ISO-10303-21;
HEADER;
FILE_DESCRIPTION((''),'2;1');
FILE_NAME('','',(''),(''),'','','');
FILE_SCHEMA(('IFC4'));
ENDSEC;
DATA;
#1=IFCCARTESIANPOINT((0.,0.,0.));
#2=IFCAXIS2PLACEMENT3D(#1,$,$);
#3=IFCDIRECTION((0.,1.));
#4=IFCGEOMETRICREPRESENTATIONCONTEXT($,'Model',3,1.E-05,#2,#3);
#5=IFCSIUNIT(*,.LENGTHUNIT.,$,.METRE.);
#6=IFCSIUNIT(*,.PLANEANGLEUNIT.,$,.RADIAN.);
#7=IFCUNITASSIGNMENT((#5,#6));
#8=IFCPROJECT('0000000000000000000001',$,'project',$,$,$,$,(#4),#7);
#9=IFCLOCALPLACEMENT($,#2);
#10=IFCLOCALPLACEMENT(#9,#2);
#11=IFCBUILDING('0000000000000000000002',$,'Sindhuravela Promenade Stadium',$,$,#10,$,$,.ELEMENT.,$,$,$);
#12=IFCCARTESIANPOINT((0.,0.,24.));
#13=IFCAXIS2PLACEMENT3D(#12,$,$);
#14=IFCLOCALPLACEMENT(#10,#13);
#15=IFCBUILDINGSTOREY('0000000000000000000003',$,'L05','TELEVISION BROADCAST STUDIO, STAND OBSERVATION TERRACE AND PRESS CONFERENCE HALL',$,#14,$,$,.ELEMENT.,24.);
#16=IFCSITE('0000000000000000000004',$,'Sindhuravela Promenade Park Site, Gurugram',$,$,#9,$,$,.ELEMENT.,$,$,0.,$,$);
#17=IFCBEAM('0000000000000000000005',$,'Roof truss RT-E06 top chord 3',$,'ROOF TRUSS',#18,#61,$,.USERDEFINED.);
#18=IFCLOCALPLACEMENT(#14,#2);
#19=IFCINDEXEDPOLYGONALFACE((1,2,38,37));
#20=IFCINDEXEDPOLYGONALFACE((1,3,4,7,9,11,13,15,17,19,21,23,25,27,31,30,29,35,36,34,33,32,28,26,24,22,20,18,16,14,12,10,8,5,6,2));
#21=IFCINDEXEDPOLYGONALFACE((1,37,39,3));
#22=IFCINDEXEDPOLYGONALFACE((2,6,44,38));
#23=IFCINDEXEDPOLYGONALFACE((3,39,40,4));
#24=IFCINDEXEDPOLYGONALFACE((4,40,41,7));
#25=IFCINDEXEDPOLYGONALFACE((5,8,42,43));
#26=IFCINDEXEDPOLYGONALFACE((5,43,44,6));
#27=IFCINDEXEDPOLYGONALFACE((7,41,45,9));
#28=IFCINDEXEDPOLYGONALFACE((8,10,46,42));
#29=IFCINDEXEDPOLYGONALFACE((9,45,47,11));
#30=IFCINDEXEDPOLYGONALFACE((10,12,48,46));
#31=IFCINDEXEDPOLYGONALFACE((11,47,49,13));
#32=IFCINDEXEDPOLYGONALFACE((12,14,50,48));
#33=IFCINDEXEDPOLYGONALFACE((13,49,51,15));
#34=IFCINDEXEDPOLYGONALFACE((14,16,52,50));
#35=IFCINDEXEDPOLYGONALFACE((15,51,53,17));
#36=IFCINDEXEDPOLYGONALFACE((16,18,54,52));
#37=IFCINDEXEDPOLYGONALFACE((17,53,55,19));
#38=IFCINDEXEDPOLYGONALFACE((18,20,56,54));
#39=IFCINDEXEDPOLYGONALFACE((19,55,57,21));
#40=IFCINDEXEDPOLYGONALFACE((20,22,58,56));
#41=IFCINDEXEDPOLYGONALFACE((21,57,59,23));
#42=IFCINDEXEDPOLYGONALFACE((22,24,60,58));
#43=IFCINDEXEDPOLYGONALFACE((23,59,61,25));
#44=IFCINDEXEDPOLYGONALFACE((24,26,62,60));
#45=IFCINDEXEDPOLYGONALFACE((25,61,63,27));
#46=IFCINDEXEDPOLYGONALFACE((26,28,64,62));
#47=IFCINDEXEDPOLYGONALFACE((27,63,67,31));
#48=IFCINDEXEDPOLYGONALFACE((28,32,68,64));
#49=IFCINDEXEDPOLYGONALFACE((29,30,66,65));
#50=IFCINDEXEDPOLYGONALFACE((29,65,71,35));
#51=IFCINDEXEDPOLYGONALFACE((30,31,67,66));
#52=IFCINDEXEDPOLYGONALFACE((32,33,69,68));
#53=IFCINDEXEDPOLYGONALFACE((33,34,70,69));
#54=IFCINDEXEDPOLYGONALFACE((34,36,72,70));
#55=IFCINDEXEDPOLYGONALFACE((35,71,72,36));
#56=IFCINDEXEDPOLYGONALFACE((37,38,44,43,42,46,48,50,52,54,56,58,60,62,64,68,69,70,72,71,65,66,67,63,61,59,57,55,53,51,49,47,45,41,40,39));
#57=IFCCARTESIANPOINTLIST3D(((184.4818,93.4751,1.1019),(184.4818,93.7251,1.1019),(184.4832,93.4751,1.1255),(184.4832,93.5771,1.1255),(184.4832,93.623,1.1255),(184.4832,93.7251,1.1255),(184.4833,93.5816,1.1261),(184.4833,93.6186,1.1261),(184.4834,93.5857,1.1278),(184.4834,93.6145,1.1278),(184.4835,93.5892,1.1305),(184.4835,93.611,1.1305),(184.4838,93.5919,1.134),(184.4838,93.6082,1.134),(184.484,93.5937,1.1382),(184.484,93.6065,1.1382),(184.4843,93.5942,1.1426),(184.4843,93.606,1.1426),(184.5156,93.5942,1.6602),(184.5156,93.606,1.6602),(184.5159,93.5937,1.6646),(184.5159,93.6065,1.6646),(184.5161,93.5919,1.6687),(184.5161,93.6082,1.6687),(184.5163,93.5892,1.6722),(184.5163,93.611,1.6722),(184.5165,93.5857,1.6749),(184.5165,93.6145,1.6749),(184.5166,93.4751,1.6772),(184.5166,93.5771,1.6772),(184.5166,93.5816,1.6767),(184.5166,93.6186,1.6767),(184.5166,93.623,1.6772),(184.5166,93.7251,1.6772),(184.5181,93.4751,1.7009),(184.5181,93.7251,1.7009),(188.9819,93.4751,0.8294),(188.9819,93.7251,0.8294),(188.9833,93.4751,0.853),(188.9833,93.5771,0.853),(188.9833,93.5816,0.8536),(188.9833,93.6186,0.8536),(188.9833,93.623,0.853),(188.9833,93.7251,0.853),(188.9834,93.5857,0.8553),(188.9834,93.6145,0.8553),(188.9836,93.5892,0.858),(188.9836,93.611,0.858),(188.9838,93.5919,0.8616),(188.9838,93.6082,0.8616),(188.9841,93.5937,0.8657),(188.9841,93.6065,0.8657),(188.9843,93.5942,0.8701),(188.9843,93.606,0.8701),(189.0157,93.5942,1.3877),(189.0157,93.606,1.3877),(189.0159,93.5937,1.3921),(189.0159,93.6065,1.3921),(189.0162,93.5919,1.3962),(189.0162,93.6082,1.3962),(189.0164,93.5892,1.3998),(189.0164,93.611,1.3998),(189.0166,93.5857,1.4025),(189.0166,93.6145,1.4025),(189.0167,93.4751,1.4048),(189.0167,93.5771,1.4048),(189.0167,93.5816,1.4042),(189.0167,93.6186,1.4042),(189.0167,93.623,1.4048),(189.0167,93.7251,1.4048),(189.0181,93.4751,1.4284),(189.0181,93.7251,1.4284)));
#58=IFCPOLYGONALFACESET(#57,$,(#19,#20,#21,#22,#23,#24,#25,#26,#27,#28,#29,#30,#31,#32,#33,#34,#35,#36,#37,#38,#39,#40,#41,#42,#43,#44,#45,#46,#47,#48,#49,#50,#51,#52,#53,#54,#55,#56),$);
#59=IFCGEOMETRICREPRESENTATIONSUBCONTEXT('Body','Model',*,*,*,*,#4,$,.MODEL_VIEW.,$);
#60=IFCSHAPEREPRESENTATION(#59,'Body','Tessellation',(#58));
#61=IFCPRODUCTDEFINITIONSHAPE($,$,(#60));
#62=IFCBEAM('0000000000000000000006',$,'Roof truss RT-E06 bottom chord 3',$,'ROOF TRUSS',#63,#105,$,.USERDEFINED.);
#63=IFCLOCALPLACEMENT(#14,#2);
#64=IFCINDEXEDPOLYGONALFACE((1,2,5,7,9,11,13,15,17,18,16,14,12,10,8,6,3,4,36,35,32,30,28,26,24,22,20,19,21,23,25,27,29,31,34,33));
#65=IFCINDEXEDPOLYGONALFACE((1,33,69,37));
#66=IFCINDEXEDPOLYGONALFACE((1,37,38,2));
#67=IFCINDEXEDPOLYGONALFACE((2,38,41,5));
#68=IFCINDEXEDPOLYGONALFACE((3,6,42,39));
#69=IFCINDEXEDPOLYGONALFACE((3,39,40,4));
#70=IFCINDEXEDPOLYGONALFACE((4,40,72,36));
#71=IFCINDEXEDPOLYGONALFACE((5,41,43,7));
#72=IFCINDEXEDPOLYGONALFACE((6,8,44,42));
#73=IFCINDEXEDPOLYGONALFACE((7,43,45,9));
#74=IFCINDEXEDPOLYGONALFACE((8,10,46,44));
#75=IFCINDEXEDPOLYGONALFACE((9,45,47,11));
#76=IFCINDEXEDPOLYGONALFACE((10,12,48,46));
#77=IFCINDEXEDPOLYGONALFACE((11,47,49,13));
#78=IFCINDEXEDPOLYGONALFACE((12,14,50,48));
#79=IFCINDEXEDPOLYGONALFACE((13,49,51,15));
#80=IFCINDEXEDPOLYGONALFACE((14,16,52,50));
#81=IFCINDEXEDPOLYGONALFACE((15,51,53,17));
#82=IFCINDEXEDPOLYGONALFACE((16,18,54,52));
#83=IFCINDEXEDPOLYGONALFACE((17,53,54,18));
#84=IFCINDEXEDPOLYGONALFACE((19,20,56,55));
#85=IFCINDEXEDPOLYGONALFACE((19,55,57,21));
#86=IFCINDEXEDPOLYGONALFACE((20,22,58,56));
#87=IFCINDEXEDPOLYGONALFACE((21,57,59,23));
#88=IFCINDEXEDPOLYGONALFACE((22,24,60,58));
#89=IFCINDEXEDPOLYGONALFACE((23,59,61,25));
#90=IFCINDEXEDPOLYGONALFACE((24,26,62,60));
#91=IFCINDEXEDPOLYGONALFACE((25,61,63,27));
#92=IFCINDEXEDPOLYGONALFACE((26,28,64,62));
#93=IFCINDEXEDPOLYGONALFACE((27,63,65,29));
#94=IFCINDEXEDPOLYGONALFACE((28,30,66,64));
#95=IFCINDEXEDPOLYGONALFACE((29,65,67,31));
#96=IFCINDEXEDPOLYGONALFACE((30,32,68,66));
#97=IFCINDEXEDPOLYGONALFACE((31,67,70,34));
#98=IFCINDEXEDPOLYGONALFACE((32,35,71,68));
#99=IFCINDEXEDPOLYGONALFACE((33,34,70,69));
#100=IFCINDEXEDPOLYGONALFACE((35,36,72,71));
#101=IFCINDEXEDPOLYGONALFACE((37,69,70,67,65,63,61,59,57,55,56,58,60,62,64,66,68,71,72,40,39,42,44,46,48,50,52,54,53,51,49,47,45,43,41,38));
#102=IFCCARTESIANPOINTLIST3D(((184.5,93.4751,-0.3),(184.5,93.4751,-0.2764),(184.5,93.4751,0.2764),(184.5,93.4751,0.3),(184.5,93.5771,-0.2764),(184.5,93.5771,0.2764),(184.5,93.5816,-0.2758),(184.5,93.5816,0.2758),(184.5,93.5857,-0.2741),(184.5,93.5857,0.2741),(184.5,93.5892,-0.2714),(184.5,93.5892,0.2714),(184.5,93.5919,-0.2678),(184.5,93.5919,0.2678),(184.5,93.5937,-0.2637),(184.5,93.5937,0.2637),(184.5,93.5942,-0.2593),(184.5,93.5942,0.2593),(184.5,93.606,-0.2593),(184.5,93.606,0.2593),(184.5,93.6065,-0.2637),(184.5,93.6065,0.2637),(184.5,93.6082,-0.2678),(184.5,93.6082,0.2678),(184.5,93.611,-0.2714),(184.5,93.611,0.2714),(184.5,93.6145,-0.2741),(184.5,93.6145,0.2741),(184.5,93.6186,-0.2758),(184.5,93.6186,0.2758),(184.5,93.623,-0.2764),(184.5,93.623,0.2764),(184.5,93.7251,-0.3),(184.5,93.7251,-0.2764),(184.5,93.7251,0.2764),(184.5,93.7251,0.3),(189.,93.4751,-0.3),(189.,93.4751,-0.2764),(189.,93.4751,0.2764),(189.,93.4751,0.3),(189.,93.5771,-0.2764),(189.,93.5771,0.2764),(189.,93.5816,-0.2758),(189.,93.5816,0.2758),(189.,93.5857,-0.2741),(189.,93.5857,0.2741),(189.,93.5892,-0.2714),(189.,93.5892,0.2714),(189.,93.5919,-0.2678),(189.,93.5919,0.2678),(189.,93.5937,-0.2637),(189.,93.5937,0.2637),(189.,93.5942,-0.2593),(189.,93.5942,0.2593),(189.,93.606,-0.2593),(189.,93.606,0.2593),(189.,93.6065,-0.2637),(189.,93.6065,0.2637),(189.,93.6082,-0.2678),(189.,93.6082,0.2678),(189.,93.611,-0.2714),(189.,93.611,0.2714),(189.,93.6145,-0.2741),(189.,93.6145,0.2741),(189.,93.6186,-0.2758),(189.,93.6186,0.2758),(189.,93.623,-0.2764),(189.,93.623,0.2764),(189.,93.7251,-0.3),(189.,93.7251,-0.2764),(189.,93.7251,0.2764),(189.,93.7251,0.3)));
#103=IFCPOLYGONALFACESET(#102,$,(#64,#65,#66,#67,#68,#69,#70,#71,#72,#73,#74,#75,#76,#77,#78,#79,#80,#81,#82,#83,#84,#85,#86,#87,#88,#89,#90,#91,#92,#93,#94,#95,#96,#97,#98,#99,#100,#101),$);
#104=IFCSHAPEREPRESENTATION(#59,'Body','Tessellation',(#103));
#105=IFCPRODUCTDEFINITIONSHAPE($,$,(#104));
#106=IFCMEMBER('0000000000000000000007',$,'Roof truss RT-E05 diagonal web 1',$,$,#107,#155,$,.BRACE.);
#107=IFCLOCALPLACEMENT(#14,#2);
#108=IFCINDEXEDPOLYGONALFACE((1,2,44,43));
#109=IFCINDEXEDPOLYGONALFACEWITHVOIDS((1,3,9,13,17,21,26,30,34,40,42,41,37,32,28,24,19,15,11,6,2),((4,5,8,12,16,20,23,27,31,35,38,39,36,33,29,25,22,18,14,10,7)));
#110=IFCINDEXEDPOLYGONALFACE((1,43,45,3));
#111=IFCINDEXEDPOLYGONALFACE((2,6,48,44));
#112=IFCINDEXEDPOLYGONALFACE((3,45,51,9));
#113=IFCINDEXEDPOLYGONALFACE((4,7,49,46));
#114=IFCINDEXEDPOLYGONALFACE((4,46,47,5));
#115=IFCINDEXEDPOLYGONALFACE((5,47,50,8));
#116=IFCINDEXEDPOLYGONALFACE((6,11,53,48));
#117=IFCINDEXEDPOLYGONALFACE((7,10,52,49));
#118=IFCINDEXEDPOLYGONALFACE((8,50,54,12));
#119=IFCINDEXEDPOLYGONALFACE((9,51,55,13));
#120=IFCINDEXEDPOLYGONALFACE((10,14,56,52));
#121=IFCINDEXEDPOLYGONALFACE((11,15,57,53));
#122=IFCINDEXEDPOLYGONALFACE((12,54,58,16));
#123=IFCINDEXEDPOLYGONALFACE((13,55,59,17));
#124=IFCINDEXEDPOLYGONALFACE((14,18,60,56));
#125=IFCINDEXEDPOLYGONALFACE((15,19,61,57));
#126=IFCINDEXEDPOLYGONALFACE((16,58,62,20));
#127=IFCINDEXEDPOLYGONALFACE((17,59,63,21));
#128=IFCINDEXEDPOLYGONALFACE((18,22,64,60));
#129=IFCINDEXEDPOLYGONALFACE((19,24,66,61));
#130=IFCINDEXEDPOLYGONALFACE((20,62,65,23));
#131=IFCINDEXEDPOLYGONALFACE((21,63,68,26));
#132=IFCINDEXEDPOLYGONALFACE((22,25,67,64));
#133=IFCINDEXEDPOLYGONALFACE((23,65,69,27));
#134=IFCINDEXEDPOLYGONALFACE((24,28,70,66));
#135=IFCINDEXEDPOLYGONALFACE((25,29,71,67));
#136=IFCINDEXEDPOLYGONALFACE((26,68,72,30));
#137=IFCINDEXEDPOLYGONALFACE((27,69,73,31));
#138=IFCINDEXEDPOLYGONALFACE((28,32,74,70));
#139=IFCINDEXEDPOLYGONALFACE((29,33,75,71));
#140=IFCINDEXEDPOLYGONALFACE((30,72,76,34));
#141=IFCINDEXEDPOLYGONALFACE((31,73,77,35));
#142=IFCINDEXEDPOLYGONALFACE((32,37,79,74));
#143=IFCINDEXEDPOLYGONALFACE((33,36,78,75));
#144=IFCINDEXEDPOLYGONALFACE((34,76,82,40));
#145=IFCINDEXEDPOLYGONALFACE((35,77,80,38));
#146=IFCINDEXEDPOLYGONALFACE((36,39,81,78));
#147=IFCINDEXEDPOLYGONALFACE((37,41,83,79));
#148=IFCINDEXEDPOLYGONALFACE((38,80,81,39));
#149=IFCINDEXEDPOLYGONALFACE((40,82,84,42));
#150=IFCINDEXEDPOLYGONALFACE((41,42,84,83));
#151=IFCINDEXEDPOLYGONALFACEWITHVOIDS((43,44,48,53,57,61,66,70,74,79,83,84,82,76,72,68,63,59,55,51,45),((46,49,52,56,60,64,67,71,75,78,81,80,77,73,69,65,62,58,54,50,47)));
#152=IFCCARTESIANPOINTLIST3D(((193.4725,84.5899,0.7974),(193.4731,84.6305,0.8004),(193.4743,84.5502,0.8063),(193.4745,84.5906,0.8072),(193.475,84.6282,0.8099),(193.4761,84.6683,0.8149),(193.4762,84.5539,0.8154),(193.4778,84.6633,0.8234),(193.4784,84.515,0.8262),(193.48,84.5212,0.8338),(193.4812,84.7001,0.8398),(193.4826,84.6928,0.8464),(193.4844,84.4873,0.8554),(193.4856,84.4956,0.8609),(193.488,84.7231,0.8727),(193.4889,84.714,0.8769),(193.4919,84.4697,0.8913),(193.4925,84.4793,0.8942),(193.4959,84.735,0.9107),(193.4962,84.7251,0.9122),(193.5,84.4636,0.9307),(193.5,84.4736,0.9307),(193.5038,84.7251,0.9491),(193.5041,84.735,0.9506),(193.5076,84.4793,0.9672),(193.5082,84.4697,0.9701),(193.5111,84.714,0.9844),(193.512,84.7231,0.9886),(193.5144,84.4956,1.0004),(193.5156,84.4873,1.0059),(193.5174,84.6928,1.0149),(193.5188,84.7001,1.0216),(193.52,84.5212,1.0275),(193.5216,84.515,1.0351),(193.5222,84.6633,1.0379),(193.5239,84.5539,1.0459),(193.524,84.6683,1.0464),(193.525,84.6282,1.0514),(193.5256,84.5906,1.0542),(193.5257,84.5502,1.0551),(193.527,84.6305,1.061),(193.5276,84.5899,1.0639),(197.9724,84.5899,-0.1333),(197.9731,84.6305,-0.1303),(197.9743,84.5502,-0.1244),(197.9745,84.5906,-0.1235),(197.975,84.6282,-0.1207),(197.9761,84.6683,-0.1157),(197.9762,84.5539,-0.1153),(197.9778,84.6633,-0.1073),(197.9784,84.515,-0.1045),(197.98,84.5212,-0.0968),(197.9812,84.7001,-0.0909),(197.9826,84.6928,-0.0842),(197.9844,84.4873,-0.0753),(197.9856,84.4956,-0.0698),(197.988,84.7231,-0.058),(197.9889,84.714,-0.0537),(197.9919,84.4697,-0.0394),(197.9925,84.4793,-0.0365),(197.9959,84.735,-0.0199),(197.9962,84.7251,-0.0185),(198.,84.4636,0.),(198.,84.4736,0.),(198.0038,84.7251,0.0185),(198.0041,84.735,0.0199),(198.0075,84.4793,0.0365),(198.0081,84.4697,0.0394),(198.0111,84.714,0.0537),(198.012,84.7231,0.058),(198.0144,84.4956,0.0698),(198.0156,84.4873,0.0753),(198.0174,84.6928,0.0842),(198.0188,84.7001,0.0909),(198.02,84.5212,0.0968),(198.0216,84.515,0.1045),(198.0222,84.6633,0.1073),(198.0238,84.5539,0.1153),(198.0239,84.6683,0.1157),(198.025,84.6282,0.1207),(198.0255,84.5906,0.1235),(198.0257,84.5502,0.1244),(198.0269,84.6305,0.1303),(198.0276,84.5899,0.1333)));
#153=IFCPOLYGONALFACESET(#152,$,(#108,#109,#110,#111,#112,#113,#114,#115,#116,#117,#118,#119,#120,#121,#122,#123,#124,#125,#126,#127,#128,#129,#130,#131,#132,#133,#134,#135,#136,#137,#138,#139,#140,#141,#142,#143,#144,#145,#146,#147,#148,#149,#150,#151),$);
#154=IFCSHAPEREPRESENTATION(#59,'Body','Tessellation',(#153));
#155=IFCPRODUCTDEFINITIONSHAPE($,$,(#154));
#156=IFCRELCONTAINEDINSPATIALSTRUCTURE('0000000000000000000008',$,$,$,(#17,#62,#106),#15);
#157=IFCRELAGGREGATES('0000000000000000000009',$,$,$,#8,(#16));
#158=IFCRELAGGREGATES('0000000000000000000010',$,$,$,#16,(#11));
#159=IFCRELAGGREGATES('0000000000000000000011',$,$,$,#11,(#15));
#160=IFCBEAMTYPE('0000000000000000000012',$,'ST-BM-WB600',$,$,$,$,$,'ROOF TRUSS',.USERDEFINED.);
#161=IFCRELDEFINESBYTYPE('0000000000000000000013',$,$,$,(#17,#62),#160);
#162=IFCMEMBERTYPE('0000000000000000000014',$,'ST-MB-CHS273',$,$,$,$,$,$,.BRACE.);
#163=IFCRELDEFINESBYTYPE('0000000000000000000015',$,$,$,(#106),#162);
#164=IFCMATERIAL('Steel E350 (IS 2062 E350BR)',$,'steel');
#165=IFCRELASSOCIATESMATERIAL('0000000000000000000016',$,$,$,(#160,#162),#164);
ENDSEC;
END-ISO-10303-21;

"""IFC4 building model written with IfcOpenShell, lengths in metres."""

from ifc_helpers import new_model, si_unit, direction, frame, origin, origin_2d, place, context, subcontext, project, spatial, hollow_circle, i_section, extrude, material, material_profile, profile_set, type_object, element, save


model = new_model("IFC4")

# Units and contexts
model_context = context("Model", 3, precision=1e-05, world=origin(), true_north=direction((0.0, 1.0)))
body_context = subcontext(model_context, "Body", "Model", "MODEL_VIEW")
ifc_project = project(units=[si_unit("LENGTHUNIT", "METRE"), si_unit("PLANEANGLEUNIT", "RADIAN")], contexts=[model_context])

# Site, building, storey
site_placement = place(None, origin())
site = spatial("IfcSite", under=ifc_project, at=site_placement, Name="Sindhuravela Promenade Park Site, Gurugram", CompositionType="ELEMENT", RefElevation=0.0)
building_placement = place(site_placement, origin())
building = spatial("IfcBuilding", under=site, at=building_placement, Name="Sindhuravela Promenade Stadium", CompositionType="ELEMENT")
storey_placement = place(building_placement, frame((0.0, 0.0, 24.0)))
storey = spatial("IfcBuildingStorey", under=building, at=storey_placement, Name="L05", Description="TELEVISION BROADCAST STUDIO, STAND OBSERVATION TERRACE AND PRESS CONFERENCE HALL", CompositionType="ELEMENT", Elevation=24.0)

# Beams
ifc_material_1 = material(Name="Steel E350 (IS 2062 E350BR)", Category="steel")
ifc_material_profile_1 = material_profile(ifc_material_1, i_section(OverallWidth=0.25, OverallDepth=0.6001, WebThickness=0.0117, FlangeThickness=0.0237, FilletRadius=0.0171, at=origin_2d()), Name="ISWB 600")
ifc_profile_set_1 = profile_set([ifc_material_profile_1], Name="Steel E350 (IS 2062 E350BR)")
beam_type_1 = type_object("IfcBeamType", Name="ST-BM-WB600", ElementType="ROOF TRUSS", PredefinedType="USERDEFINED", material=ifc_profile_set_1)
beam_1_placement = place(storey_placement, frame((189.0, 93.6001, 1.1289), z_axis=(-0.998172, 0.0, 0.060436), x_axis=(0.0, -1.0, 0.0)))
element("IfcBeam", 1, at=beam_1_placement, inside=storey, type_object=beam_type_1, Name="Roof truss RT-E06 top chord 3", ObjectType="ROOF TRUSS", PredefinedType="USERDEFINED", context=body_context, shape_type="SweptSolid", body=[
    extrude(i_section(OverallWidth=0.25, OverallDepth=0.6001, WebThickness=0.0117, FlangeThickness=0.0237, FilletRadius=0.0171, at=origin_2d()), origin(), (0.0, 0.0, 1.0), 4.5083),
])
beam_2_placement = place(storey_placement, frame((189.0, 93.6001, 0.0), z_axis=(-1.0, 0.0, 0.0), x_axis=(0.0, -1.0, 0.0)))
element("IfcBeam", 2, at=beam_2_placement, inside=storey, type_object=beam_type_1, Name="Roof truss RT-E06 bottom chord 3", ObjectType="ROOF TRUSS", PredefinedType="USERDEFINED", context=body_context, shape_type="SweptSolid", body=[
    extrude(i_section(OverallWidth=0.25, OverallDepth=0.6001, WebThickness=0.0117, FlangeThickness=0.0237, FilletRadius=0.0171, at=origin_2d()), origin(), (0.0, 0.0, 1.0), 4.5),
])

# Member
ifc_material_profile_2 = material_profile(ifc_material_1, hollow_circle(Radius=0.1365, WallThickness=0.01, at=origin_2d()), Name="CHS 273.0x10")
ifc_profile_set_2 = profile_set([ifc_material_profile_2], Name="Steel E350 (IS 2062 E350BR)")
member_type_1 = type_object("IfcMemberType", Name="ST-MB-CHS273", PredefinedType="BRACE", material=ifc_profile_set_2)
for number, where, z_axis, x_axis, name in (
    (3, (198.0, 84.6001, 0.0), (-0.979276, 0.0, 0.202528), (0.0, -1.0, 0.0), "Roof truss RT-E05 diagonal web 1"),
):
    element("IfcMember", number, at=place(storey_placement, frame(where, z_axis=z_axis, x_axis=x_axis)), inside=storey, type_object=member_type_1, Name=name, PredefinedType="BRACE", context=body_context, shape_type="SweptSolid", body=[
        extrude(hollow_circle(Radius=0.1365, WallThickness=0.01, at=origin_2d()), origin(), (0.0, 0.0, 1.0), 4.5952),
    ])

save(model, "model.ifc")
